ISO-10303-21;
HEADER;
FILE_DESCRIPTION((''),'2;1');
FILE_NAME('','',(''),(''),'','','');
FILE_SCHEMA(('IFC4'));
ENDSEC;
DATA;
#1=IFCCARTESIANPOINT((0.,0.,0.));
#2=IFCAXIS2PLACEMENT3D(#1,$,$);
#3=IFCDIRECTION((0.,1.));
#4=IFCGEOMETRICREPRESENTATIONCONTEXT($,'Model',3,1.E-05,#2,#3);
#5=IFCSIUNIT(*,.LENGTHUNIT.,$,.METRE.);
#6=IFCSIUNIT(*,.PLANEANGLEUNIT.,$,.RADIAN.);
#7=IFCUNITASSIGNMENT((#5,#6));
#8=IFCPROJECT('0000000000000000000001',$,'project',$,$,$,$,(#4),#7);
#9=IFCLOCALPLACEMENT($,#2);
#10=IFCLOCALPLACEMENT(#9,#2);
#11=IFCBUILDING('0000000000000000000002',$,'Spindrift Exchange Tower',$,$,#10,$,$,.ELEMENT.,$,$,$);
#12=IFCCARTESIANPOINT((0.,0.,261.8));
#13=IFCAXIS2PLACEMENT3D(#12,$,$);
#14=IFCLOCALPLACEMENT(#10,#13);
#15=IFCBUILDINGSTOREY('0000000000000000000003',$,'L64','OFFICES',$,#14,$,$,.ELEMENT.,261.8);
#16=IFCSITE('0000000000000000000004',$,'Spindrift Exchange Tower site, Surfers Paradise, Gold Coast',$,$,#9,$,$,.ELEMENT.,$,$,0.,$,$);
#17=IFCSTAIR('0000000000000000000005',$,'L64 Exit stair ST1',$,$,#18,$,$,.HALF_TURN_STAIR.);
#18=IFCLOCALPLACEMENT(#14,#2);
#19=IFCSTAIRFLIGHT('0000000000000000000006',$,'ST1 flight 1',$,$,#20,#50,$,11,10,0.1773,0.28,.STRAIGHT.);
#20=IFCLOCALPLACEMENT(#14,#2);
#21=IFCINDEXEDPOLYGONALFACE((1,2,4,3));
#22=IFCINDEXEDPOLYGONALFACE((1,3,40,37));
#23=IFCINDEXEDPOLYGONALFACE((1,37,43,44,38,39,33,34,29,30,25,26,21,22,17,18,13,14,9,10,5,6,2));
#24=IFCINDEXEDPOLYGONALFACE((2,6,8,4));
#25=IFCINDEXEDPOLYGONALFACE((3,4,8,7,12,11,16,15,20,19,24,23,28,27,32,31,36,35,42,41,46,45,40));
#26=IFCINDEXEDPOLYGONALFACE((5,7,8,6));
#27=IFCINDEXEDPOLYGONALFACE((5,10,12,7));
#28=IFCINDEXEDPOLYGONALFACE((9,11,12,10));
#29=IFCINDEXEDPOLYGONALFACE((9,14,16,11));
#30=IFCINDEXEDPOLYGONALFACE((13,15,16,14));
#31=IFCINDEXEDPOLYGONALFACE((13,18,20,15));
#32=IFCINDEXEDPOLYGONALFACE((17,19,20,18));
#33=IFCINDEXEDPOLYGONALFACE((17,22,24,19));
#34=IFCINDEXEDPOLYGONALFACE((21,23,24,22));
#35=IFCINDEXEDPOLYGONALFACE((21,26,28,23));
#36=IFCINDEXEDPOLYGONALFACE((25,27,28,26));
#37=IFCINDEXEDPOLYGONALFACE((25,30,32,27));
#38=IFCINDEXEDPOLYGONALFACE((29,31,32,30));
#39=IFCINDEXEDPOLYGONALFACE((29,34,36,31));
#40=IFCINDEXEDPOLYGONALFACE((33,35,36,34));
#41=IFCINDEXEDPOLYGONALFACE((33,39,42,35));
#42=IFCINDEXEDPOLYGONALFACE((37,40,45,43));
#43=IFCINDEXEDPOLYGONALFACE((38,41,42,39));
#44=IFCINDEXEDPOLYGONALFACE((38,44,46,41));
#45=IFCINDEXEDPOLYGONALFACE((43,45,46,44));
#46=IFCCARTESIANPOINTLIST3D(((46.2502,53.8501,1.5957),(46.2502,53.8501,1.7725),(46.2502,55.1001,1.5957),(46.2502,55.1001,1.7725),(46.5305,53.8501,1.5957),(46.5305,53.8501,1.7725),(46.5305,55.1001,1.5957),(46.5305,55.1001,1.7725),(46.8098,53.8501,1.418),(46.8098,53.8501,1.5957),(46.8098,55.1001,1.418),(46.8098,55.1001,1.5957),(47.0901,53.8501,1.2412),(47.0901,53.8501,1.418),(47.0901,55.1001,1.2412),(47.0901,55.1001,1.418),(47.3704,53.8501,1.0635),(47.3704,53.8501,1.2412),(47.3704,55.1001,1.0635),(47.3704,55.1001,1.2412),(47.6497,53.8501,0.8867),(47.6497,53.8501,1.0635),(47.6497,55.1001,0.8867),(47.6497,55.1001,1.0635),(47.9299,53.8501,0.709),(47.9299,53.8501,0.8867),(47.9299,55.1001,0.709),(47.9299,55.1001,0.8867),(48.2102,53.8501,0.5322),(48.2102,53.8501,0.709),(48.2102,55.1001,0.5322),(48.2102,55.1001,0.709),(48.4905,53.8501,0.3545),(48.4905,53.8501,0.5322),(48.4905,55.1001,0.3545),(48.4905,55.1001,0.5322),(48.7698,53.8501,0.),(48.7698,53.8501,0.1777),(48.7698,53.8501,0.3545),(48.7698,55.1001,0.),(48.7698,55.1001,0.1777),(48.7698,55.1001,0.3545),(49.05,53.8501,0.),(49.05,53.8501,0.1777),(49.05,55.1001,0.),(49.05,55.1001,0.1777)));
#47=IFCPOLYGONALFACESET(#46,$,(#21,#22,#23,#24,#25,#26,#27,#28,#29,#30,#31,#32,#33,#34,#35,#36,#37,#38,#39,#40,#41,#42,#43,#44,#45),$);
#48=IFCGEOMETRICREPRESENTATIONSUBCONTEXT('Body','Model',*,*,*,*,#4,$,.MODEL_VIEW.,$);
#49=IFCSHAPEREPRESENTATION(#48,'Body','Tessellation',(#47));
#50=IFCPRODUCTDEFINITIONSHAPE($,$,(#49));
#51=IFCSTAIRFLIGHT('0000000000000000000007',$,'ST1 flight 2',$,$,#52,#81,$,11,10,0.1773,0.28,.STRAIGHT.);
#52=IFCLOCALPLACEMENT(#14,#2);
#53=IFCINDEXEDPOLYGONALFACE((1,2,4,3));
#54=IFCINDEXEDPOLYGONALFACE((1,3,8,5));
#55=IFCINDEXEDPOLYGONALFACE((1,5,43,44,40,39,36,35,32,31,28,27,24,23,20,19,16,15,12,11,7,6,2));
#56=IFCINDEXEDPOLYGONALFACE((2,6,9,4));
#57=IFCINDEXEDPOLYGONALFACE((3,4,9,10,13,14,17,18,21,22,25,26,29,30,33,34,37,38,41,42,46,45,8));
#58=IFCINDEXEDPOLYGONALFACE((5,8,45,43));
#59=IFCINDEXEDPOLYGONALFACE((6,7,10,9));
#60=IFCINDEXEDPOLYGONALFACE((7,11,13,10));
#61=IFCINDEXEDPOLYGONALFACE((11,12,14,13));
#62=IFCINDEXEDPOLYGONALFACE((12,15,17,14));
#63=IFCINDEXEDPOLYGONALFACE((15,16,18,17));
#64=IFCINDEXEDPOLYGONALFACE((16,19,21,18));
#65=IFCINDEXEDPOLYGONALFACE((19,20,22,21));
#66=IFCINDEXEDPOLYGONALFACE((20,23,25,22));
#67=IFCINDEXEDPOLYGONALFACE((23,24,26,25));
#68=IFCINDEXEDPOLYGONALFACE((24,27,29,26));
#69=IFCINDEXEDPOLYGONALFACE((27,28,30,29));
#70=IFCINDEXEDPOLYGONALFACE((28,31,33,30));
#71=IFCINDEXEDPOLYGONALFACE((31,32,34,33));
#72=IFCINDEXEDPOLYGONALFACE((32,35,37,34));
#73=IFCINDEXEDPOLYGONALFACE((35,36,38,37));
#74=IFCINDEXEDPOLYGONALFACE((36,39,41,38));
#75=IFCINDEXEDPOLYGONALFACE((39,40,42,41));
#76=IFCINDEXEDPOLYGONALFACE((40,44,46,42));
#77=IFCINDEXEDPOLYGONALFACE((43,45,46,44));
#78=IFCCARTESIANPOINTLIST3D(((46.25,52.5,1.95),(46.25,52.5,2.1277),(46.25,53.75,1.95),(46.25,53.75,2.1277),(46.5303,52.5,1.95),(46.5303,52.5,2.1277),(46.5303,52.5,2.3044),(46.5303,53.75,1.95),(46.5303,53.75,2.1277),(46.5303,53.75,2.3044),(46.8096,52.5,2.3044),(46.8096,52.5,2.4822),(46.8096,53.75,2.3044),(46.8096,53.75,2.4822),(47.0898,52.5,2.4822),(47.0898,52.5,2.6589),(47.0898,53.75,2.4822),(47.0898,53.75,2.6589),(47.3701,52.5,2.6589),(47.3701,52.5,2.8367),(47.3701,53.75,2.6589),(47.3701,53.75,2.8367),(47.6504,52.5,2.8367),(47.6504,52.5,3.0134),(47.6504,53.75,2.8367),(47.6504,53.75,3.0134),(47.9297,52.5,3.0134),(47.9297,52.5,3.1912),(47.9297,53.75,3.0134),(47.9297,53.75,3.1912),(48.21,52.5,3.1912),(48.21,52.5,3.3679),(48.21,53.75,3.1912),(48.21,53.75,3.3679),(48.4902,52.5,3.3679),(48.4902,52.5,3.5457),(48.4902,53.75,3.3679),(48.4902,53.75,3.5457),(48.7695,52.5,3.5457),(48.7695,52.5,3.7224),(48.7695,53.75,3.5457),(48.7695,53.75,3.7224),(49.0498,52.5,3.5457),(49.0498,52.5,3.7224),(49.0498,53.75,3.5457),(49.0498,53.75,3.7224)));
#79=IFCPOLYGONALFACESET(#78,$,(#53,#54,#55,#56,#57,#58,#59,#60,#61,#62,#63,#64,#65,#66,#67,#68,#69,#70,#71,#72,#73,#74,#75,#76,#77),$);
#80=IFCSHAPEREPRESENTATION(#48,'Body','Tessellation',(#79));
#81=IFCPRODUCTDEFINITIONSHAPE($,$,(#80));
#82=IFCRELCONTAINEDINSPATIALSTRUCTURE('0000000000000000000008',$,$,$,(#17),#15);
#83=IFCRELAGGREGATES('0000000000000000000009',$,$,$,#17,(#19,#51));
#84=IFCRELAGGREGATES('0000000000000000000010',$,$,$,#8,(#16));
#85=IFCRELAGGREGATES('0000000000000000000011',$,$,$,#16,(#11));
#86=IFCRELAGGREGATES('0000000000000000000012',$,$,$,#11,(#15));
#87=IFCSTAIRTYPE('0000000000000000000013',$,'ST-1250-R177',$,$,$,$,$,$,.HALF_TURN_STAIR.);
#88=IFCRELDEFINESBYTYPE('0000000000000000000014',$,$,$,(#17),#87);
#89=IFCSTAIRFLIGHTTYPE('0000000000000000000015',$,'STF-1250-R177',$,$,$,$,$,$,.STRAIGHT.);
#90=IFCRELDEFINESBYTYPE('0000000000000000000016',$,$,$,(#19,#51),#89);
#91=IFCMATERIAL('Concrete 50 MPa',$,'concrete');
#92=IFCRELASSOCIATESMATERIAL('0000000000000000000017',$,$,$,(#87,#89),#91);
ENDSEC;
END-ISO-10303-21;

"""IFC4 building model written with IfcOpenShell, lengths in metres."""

from ifc_helpers import new_model, si_unit, direction, frame, origin, place, context, subcontext, project, spatial, line, indexed_curve, outline, extrude, material, type_object, element, aggregate, save


model = new_model("IFC4")

# Units and contexts
model_context = context("Model", 3, precision=1e-05, world=origin(), true_north=direction((0.0, 1.0)))
body_context = subcontext(model_context, "Body", "Model", "MODEL_VIEW")
ifc_project = project(units=[si_unit("LENGTHUNIT", "METRE"), si_unit("PLANEANGLEUNIT", "RADIAN")], contexts=[model_context])

# Site, building, storey
site_placement = place(None, origin())
site = spatial("IfcSite", under=ifc_project, at=site_placement, Name="Spindrift Exchange Tower site, Surfers Paradise, Gold Coast", CompositionType="ELEMENT", RefElevation=0.0)
building_placement = place(site_placement, origin())
building = spatial("IfcBuilding", under=site, at=building_placement, Name="Spindrift Exchange Tower", CompositionType="ELEMENT")
storey_placement = place(building_placement, frame((0.0, 0.0, 261.8)))
storey = spatial("IfcBuildingStorey", under=building, at=storey_placement, Name="L64", Description="OFFICES", CompositionType="ELEMENT", Elevation=261.8)

# Shared definitions
ifc_material_1 = material(Name="Concrete 50 MPa", Category="concrete")

# Stair, stair flights
stair_type = type_object("IfcStairType", Name="ST-1250-R177", PredefinedType="HALF_TURN_STAIR", material=ifc_material_1)
stair_placement = place(storey_placement, origin())
stair = element("IfcStair", 1, at=stair_placement, inside=storey, type_object=stair_type, Name="L64 Exit stair ST1", PredefinedType="HALF_TURN_STAIR")
stair_flight_type = type_object("IfcStairFlightType", Name="STF-1250-R177", PredefinedType="STRAIGHT", material=ifc_material_1)
stair_flight_1_placement = place(storey_placement, frame((49.05, 54.4751, 0.0), z_axis=(0.0, 0.0, 1.0), x_axis=(-1.0, 0.0, 0.0)))
stair_flight_1 = element("IfcStairFlight", 2, at=stair_flight_1_placement, type_object=stair_flight_type, Name="ST1 flight 1", NumberOfRisers=11, NumberOfTreads=10, PredefinedType="STRAIGHT", RiserHeight=0.1773, TreadLength=0.28, context=body_context, shape_type="SweptSolid", body=[
    extrude(outline(indexed_curve([(0.0, 0.0), (0.0, 0.1777), (0.2803, 0.1777), (0.2803, 0.3545), (0.5596, 0.3545), (0.5596, 0.5322), (0.8398, 0.5322), (0.8398, 0.709), (1.1201, 0.709), (1.1201, 0.8867), (1.4004, 0.8867), (1.4004, 1.0635), (1.6797, 1.0635), (1.6797, 1.2412), (1.96, 1.2412), (1.96, 1.418), (2.2402, 1.418), (2.2402, 1.5957), (2.5195, 1.5957), (2.5195, 1.7725), (2.7998, 1.7725), (2.7998, 1.9502), (2.7998, 1.5957), (0.2803, 0.0)], segments=[line(1, 2, 3, 4, 5, 6, 7, 8, 9, 10, 11, 12, 13, 14, 15, 16, 17, 18, 19, 20, 21, 22, 23, 24, 1)], self_intersect=False)), frame((0.0, 0.625, 0.0), z_axis=(0.0, -1.0, 0.0), x_axis=(1.0, 0.0, 0.0)), (0.0, 0.0, 1.0), 1.25),
])
stair_flight_2_placement = place(storey_placement, frame((46.25, 53.125, 1.95), z_axis=(0.0, 0.0, 1.0), x_axis=(1.0, 0.0, 0.0)))
stair_flight_2 = element("IfcStairFlight", 3, at=stair_flight_2_placement, type_object=stair_flight_type, Name="ST1 flight 2", NumberOfRisers=11, NumberOfTreads=10, PredefinedType="STRAIGHT", RiserHeight=0.1773, TreadLength=0.28, context=body_context, shape_type="SweptSolid", body=[
    extrude(outline(indexed_curve([(0.0, 0.0), (0.0, 0.1777), (0.2803, 0.1777), (0.2803, 0.3545), (0.5596, 0.3545), (0.5596, 0.5322), (0.8398, 0.5322), (0.8398, 0.709), (1.1201, 0.709), (1.1201, 0.8867), (1.4004, 0.8867), (1.4004, 1.0635), (1.6797, 1.0635), (1.6797, 1.2412), (1.96, 1.2412), (1.96, 1.418), (2.2402, 1.418), (2.2402, 1.5957), (2.5195, 1.5957), (2.5195, 1.7725), (2.7998, 1.7725), (2.7998, 1.9502), (2.7998, 1.5957), (0.2803, 0.0)], segments=[line(1, 2, 3, 4, 5, 6, 7, 8, 9, 10, 11, 12, 13, 14, 15, 16, 17, 18, 19, 20, 21, 22, 23, 24, 1)], self_intersect=False)), frame((0.0, 0.625, 0.0), z_axis=(0.0, -1.0, 0.0), x_axis=(1.0, 0.0, 0.0)), (0.0, 0.0, 1.0), 1.25),
])
aggregate(stair, [stair_flight_1, stair_flight_2])

save(model, "model.ifc")
